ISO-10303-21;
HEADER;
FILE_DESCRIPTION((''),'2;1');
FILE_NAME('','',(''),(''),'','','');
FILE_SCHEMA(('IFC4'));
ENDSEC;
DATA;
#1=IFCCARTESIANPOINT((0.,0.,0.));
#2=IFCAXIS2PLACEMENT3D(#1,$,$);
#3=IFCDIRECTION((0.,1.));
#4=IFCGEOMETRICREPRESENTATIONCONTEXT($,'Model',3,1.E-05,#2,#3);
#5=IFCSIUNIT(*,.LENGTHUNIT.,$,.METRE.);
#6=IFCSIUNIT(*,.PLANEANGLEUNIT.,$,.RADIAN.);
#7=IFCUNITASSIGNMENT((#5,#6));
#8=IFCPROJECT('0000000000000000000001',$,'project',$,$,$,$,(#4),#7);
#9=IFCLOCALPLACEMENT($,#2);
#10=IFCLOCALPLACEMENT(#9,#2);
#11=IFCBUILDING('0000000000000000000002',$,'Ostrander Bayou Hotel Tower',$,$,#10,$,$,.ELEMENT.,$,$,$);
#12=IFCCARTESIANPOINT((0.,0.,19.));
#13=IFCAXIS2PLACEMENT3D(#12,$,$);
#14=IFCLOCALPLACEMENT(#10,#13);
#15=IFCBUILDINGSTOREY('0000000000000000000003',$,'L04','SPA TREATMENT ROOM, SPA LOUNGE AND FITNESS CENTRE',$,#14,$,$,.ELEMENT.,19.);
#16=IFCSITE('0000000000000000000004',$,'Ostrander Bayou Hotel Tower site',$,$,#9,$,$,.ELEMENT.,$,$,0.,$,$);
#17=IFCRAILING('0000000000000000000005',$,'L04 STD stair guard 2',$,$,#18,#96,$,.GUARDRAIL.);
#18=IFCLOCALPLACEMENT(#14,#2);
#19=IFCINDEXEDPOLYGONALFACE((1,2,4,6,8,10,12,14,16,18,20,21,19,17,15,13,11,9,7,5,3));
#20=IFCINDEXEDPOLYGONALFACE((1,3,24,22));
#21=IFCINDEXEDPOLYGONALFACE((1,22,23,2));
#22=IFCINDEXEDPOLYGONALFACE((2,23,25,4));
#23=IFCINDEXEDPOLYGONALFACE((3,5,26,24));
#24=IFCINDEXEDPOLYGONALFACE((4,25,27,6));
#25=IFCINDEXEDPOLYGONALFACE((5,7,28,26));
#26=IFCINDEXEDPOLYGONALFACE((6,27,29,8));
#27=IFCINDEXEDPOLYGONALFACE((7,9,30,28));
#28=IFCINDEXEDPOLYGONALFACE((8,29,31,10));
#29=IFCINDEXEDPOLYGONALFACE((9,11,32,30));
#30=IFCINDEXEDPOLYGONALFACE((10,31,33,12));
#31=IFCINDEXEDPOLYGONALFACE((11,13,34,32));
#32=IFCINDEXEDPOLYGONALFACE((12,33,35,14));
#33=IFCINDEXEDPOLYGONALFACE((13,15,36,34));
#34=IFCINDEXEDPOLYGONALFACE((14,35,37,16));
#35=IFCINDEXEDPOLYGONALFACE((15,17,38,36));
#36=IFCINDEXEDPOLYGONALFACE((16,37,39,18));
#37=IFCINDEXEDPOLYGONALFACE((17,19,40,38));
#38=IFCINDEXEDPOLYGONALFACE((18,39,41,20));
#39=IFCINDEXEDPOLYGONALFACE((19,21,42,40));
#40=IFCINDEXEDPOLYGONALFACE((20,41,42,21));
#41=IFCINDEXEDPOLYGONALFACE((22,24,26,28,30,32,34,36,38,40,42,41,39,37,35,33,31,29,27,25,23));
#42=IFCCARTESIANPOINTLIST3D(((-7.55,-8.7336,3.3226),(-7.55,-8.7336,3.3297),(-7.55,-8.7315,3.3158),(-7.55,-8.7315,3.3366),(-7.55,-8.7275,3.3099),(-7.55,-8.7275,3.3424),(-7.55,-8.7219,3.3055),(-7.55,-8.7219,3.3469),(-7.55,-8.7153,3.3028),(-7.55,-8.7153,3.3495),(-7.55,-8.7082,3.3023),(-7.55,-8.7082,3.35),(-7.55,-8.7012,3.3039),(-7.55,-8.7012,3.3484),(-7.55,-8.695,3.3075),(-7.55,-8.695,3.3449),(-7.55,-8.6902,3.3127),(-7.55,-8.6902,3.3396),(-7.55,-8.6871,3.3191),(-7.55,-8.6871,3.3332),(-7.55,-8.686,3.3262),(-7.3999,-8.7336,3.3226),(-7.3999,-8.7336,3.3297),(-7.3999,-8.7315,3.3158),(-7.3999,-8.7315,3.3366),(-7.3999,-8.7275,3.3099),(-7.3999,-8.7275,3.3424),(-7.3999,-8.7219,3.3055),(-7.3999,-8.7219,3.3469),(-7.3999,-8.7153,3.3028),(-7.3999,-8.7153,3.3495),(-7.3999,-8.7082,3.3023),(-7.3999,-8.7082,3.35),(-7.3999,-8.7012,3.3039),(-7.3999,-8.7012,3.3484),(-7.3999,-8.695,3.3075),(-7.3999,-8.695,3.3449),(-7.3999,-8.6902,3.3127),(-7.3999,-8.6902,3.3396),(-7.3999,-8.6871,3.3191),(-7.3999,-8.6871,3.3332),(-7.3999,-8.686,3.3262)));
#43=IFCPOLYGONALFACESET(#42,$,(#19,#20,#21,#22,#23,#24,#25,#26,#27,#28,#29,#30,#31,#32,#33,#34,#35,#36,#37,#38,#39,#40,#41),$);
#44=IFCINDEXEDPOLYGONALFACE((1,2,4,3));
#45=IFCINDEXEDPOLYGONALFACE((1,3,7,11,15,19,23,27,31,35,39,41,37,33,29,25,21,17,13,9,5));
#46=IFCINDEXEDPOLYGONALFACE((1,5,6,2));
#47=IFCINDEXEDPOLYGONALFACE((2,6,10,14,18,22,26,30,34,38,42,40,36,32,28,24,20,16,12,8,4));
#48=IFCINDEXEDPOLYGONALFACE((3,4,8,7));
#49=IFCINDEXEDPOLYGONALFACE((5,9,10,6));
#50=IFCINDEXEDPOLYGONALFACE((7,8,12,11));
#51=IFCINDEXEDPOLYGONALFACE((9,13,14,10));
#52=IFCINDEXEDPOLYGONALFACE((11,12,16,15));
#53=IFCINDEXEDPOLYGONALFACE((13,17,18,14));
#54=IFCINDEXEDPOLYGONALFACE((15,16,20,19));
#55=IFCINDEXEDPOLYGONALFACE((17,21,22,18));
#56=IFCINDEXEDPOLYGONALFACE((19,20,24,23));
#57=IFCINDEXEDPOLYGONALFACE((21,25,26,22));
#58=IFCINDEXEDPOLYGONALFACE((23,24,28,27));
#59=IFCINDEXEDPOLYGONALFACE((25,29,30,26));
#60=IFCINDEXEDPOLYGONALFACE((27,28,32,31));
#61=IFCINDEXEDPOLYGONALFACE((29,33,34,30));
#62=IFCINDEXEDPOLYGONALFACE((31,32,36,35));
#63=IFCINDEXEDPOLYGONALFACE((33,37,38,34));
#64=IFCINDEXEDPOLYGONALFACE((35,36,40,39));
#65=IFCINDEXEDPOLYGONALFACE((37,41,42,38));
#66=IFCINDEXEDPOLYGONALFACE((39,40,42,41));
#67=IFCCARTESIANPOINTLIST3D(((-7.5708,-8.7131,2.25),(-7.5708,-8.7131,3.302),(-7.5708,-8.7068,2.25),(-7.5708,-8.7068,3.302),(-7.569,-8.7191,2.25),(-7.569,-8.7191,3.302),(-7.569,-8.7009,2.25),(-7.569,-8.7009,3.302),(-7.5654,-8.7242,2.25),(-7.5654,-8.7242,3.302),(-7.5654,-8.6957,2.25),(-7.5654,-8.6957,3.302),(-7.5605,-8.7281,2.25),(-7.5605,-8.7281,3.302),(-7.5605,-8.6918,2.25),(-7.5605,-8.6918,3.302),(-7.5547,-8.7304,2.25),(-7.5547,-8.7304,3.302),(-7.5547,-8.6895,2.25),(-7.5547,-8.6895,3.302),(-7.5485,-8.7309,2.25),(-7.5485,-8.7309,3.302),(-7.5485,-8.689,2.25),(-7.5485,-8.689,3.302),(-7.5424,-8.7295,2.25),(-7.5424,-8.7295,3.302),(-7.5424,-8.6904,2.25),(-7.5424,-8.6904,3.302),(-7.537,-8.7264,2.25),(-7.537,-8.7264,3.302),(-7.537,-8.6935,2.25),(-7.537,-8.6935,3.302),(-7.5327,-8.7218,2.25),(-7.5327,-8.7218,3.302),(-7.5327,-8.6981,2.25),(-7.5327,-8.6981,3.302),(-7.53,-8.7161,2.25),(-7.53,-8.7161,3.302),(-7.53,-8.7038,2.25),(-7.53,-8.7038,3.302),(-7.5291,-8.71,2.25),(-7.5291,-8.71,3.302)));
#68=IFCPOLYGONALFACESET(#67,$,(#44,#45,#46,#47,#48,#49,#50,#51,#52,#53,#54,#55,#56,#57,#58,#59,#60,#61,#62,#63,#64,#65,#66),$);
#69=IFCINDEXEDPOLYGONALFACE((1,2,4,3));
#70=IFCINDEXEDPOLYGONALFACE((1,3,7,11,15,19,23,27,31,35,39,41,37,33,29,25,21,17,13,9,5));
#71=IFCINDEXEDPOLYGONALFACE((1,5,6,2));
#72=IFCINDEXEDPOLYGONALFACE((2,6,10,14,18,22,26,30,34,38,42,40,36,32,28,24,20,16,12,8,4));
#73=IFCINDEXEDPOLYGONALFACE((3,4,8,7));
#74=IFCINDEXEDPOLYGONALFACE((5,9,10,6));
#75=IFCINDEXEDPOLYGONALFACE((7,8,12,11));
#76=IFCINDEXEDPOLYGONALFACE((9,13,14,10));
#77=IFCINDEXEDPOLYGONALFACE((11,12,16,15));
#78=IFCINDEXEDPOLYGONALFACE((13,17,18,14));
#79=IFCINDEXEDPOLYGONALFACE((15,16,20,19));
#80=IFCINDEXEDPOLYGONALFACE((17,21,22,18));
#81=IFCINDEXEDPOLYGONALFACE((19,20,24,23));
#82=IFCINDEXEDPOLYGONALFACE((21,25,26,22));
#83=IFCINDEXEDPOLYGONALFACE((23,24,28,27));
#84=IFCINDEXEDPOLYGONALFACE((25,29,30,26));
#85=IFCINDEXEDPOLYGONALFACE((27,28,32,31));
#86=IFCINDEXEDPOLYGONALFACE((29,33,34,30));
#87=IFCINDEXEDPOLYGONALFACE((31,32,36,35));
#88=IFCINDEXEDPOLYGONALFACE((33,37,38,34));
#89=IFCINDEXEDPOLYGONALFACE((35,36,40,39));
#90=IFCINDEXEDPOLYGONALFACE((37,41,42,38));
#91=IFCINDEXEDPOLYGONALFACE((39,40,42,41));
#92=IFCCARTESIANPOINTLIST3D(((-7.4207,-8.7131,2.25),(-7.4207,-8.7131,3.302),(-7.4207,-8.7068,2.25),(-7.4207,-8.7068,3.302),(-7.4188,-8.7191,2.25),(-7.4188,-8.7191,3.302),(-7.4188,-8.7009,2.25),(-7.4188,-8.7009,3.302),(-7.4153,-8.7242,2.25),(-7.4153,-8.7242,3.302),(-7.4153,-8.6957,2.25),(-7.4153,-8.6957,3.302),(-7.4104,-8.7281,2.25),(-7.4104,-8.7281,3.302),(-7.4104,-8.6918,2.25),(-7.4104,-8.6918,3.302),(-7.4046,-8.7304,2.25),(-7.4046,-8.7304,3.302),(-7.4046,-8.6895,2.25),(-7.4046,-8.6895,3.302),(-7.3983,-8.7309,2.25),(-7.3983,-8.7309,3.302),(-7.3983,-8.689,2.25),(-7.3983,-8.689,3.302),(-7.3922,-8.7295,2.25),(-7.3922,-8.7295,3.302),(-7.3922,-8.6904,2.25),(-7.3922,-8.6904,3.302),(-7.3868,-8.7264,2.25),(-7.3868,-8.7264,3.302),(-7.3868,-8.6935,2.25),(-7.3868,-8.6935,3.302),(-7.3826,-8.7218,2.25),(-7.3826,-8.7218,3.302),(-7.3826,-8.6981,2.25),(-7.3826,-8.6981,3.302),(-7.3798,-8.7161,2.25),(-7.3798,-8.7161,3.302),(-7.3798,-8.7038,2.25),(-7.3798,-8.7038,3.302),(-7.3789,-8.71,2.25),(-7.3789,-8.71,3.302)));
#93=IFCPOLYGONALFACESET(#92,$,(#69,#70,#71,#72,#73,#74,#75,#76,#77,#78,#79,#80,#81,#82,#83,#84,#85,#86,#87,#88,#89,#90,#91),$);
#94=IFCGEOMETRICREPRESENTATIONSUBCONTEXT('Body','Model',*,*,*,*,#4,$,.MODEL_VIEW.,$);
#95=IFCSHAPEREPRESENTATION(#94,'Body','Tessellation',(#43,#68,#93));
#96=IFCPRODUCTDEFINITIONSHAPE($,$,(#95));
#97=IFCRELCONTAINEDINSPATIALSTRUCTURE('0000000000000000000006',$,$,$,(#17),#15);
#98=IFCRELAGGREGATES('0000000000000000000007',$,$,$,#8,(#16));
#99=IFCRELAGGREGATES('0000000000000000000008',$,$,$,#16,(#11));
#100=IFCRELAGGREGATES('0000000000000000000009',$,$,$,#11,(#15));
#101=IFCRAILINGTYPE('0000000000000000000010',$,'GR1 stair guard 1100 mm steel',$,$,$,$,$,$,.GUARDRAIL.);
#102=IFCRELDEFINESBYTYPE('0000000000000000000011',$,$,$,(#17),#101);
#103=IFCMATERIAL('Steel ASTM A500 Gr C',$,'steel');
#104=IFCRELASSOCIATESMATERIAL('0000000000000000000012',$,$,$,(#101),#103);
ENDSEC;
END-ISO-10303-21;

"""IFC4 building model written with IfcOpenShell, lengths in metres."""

from ifc_helpers import new_model, si_unit, direction, frame, origin, origin_2d, place, context, subcontext, project, spatial, circle, extrude, material, type_object, element, save


model = new_model("IFC4")

# Units and contexts
model_context = context("Model", 3, precision=1e-05, world=origin(), true_north=direction((0.0, 1.0)))
body_context = subcontext(model_context, "Body", "Model", "MODEL_VIEW")
ifc_project = project(units=[si_unit("LENGTHUNIT", "METRE"), si_unit("PLANEANGLEUNIT", "RADIAN")], contexts=[model_context])

# Site, building, storey
site_placement = place(None, origin())
site = spatial("IfcSite", under=ifc_project, at=site_placement, Name="Ostrander Bayou Hotel Tower site", CompositionType="ELEMENT", RefElevation=0.0)
building_placement = place(site_placement, origin())
building = spatial("IfcBuilding", under=site, at=building_placement, Name="Ostrander Bayou Hotel Tower", CompositionType="ELEMENT")
storey_placement = place(building_placement, frame((0.0, 0.0, 19.0)))
storey = spatial("IfcBuildingStorey", under=building, at=storey_placement, Name="L04", Description="SPA TREATMENT ROOM, SPA LOUNGE AND FITNESS CENTRE", CompositionType="ELEMENT", Elevation=19.0)

# Railing
ifc_material_1 = material(Name="Steel ASTM A500 Gr C", Category="steel")
railing_type_1 = type_object("IfcRailingType", Name="GR1 stair guard 1100 mm steel", PredefinedType="GUARDRAIL", material=ifc_material_1)
railing_1_placement = place(storey_placement, frame((-7.55, -8.71, 2.25)))
element("IfcRailing", 1, at=railing_1_placement, inside=storey, type_object=railing_type_1, Name="L04 STD stair guard 2", PredefinedType="GUARDRAIL", context=body_context, shape_type="SweptSolid", body=[
    extrude(circle(Radius=0.0239, at=origin_2d()), frame((0.0, 0.0, 1.0762), z_axis=(1.0, 0.0, 0.0), x_axis=(0.0, 1.0, 0.0)), (0.0, 0.0, 1.0), 0.1501),
    extrude(circle(Radius=0.021, at=origin_2d()), origin(), (0.0, 0.0, 1.0), 1.052),
    extrude(circle(Radius=0.021, at=origin_2d()), frame((0.1501, 0.0, 0.0)), (0.0, 0.0, 1.0), 1.052),
])

save(model, "model.ifc")
